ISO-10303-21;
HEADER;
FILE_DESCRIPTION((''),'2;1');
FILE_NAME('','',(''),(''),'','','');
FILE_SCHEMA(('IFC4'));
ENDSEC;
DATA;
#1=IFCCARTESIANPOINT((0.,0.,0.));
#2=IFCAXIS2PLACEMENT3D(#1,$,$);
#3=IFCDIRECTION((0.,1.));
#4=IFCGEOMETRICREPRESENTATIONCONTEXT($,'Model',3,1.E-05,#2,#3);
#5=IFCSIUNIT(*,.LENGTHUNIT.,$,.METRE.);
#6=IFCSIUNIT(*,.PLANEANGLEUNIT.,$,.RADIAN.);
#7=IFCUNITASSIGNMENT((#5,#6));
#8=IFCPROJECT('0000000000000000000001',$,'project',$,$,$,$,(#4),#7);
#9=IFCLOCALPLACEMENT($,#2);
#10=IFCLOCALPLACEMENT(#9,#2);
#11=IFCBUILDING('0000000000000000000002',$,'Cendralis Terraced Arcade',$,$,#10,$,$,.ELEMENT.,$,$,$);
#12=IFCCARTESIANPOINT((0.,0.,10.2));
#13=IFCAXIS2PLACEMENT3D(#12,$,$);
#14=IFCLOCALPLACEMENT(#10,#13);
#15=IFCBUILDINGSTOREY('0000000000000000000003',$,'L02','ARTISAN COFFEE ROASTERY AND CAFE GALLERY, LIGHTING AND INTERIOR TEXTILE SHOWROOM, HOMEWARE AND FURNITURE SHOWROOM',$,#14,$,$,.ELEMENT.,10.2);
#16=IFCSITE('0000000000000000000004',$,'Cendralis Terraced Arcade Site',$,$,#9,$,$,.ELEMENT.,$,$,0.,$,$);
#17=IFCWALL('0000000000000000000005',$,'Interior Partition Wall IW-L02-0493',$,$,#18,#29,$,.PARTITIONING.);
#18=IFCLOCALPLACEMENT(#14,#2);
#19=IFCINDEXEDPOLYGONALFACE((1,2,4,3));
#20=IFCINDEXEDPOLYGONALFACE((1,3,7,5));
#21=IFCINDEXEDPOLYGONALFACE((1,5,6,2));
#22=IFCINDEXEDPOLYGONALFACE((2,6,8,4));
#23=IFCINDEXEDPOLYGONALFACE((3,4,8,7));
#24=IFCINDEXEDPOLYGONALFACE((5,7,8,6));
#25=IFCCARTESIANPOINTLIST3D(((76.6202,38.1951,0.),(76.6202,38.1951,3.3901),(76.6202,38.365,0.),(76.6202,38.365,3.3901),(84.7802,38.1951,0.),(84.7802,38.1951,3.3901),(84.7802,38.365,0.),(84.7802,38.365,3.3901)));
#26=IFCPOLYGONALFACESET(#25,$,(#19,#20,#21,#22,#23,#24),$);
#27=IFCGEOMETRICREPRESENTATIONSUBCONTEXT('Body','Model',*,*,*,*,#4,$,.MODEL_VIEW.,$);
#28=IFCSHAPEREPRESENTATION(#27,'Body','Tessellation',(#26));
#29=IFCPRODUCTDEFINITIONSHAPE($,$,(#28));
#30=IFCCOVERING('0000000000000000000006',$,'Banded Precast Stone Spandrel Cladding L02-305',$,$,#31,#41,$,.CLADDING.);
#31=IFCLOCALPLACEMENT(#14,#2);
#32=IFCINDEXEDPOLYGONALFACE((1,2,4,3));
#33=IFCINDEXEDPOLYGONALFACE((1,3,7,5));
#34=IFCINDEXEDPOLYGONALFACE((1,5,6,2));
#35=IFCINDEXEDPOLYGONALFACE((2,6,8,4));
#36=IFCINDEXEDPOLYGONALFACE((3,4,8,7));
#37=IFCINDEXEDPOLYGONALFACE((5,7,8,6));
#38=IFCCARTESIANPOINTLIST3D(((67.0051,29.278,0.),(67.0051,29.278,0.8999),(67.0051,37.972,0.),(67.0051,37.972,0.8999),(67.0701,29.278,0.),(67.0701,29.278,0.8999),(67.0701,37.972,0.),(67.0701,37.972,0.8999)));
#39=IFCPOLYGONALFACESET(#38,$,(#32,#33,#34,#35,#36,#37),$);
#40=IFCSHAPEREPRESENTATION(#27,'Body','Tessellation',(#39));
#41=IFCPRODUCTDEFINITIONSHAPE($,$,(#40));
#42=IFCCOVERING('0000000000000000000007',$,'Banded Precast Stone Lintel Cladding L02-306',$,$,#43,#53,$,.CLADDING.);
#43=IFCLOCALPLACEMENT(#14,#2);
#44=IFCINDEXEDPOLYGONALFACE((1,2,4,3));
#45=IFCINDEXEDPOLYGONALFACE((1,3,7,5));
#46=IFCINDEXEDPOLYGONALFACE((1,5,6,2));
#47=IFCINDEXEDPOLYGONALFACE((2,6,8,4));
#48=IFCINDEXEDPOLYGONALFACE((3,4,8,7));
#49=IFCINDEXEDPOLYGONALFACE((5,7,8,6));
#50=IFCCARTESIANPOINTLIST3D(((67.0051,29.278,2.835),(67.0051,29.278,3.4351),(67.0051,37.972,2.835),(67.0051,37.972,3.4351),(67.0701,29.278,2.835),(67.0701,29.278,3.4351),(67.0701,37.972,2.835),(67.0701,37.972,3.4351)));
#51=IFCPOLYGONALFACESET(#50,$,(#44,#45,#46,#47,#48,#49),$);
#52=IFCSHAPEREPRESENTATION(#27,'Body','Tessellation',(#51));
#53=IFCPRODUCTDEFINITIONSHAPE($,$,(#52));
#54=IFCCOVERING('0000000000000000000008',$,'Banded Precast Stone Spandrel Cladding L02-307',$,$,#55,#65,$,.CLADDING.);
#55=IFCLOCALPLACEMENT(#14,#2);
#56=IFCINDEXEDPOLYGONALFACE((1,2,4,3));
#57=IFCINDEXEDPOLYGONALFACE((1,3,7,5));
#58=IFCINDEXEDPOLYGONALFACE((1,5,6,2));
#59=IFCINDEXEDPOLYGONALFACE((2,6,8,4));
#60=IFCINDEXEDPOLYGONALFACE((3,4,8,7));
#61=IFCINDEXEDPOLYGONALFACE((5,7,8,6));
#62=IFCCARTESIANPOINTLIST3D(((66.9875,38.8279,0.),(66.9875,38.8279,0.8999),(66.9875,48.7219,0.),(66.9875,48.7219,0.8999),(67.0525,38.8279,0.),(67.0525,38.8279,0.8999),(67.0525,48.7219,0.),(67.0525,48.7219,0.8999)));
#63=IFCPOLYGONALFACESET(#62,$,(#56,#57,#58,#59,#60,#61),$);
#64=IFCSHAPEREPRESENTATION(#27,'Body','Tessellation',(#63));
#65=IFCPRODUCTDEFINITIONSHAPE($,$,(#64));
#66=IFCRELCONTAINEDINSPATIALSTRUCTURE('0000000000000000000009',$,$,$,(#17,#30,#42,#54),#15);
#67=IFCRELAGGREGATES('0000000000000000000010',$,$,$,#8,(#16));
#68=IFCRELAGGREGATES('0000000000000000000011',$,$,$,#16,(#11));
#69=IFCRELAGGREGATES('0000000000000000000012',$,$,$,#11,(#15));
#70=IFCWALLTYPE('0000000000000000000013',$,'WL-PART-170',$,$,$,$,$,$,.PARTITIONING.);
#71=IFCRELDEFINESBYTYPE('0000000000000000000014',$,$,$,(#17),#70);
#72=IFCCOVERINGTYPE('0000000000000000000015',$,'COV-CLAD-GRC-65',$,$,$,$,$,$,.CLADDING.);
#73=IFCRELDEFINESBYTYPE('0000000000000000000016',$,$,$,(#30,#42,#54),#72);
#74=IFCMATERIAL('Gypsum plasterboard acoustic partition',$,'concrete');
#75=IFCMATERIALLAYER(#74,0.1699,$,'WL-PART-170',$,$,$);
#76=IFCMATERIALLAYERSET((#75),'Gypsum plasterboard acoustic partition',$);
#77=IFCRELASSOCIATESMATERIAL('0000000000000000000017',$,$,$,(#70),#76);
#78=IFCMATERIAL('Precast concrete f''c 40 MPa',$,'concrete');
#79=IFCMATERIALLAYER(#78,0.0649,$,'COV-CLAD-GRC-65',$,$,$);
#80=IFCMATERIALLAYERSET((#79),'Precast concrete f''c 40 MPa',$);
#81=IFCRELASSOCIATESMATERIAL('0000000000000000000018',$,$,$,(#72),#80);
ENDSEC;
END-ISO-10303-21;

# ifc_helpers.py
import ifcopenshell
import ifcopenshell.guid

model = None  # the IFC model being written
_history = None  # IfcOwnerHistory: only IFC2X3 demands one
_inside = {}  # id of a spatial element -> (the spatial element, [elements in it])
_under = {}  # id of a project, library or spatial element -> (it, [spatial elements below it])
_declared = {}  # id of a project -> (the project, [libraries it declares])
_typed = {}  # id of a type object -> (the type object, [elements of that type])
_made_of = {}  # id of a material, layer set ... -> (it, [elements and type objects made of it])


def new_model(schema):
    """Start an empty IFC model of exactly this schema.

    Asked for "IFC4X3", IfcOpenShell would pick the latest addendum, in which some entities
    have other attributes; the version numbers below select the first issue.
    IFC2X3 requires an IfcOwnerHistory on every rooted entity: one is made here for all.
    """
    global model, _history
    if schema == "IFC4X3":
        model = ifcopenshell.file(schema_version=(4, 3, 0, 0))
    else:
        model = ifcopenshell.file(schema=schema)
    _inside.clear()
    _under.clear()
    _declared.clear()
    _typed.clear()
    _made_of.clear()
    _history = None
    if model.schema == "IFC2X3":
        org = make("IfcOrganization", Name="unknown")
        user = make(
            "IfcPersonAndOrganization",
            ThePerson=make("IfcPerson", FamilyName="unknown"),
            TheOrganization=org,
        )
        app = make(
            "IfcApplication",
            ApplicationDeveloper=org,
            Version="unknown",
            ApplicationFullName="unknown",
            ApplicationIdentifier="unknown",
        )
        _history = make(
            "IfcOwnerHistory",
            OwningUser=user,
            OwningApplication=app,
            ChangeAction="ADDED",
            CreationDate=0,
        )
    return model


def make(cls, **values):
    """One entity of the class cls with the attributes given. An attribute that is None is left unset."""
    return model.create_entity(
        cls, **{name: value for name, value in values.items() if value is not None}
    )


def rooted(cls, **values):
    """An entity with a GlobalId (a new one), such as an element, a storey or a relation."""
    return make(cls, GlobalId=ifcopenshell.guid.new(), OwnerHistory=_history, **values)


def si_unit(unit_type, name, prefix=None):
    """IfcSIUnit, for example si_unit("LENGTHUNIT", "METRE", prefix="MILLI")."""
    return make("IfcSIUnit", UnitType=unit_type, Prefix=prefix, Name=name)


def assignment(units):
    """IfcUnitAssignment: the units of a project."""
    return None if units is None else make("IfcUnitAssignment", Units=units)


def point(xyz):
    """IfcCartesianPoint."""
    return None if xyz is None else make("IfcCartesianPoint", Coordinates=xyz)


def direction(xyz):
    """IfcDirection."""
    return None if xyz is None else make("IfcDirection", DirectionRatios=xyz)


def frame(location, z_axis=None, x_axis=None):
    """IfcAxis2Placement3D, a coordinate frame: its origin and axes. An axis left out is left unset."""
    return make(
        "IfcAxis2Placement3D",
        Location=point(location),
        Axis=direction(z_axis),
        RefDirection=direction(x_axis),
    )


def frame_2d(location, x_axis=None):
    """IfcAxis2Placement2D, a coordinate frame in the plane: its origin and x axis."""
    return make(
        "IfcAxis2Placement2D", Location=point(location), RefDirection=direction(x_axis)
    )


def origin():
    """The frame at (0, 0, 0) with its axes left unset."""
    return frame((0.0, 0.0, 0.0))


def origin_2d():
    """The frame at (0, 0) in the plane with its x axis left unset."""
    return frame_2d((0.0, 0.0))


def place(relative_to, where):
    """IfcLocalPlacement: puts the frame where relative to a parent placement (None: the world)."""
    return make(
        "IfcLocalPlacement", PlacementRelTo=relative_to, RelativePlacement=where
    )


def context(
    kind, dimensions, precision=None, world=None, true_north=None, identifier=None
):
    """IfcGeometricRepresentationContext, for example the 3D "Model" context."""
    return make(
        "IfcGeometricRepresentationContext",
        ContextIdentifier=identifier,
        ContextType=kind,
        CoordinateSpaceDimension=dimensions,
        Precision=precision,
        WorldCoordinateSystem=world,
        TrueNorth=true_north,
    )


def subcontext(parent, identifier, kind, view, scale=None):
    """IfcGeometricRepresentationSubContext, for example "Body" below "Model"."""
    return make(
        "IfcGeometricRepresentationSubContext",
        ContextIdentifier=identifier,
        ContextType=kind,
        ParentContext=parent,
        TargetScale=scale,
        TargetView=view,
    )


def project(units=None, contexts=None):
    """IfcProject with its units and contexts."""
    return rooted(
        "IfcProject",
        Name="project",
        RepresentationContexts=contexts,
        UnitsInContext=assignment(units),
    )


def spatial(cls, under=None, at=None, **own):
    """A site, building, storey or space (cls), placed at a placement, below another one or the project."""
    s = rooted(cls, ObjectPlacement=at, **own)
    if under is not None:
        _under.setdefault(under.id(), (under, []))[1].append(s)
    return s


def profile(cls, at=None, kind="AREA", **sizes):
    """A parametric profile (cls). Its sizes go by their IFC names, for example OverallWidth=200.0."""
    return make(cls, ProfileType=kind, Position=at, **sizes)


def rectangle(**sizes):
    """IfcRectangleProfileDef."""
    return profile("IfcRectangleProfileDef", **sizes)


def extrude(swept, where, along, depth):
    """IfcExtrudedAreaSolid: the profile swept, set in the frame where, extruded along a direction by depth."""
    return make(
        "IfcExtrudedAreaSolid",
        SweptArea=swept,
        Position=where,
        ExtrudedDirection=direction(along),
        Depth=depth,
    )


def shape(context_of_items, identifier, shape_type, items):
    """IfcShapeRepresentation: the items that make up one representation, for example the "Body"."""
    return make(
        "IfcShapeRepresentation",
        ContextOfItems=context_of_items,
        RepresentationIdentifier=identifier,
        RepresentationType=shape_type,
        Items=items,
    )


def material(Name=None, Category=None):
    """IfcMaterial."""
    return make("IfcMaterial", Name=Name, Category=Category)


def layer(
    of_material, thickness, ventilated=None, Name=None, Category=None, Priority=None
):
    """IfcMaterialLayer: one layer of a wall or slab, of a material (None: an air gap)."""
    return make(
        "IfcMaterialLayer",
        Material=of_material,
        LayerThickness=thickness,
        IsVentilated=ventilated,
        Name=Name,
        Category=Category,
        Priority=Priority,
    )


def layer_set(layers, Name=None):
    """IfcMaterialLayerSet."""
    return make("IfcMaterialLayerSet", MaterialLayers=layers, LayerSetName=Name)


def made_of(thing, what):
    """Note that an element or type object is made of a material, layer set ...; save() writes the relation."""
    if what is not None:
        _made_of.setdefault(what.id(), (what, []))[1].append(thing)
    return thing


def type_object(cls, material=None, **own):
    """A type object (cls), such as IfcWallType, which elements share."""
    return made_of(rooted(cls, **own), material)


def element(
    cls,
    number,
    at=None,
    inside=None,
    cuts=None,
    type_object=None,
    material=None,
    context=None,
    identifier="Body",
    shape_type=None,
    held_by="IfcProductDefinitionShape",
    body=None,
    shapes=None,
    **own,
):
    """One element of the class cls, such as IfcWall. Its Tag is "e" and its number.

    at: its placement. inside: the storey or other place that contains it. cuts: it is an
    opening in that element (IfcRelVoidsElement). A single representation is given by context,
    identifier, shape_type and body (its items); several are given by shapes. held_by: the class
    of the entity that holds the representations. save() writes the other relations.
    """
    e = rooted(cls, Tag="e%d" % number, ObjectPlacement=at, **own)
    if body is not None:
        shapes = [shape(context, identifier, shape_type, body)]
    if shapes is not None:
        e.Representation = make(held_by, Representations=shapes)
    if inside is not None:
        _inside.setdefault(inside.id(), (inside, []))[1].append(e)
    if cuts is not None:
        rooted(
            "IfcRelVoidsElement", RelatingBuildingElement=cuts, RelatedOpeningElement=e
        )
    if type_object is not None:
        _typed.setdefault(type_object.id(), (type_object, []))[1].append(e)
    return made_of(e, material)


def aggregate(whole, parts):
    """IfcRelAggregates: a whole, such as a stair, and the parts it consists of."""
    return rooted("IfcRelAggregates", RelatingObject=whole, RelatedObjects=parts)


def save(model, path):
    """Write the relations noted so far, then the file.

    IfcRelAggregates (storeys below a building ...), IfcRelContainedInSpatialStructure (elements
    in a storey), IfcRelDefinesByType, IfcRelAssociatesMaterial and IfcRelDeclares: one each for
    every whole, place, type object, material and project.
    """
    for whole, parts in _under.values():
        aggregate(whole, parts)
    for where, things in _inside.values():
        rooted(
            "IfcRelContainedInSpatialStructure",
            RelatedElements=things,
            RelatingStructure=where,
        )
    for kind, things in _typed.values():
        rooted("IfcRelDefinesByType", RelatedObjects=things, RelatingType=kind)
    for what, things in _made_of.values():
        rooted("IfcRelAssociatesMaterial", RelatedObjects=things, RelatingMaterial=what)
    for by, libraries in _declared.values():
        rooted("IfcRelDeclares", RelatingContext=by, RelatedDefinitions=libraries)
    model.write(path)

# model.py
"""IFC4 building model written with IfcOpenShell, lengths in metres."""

from ifc_helpers import new_model, si_unit, direction, frame, frame_2d, origin, origin_2d, place, context, subcontext, project, spatial, rectangle, extrude, material, layer, layer_set, type_object, element, save


model = new_model("IFC4")

# Units and contexts
model_context = context("Model", 3, precision=1e-05, world=origin(), true_north=direction((0.0, 1.0)))
body_context = subcontext(model_context, "Body", "Model", "MODEL_VIEW")
ifc_project = project(units=[si_unit("LENGTHUNIT", "METRE"), si_unit("PLANEANGLEUNIT", "RADIAN")], contexts=[model_context])

# Site, building, storey
site_placement = place(None, origin())
site = spatial("IfcSite", under=ifc_project, at=site_placement, Name="Cendralis Terraced Arcade Site", CompositionType="ELEMENT", RefElevation=0.0)
building_placement = place(site_placement, origin())
building = spatial("IfcBuilding", under=site, at=building_placement, Name="Cendralis Terraced Arcade", CompositionType="ELEMENT")
storey_placement = place(building_placement, frame((0.0, 0.0, 10.2)))
storey = spatial("IfcBuildingStorey", under=building, at=storey_placement, Name="L02", Description="ARTISAN COFFEE ROASTERY AND CAFE GALLERY, LIGHTING AND INTERIOR TEXTILE SHOWROOM, HOMEWARE AND FURNITURE SHOWROOM", CompositionType="ELEMENT", Elevation=10.2)

# Shared definitions
ifc_material_1 = material(Name="Precast concrete f'c 40 MPa", Category="concrete")
ifc_material_2 = material(Name="Gypsum plasterboard acoustic partition", Category="concrete")

# Wall
ifc_layer_1 = layer(ifc_material_2, 0.1699, Name="WL-PART-170")
ifc_layer_set_1 = layer_set([ifc_layer_1], Name="Gypsum plasterboard acoustic partition")
wall_type_1 = type_object("IfcWallType", Name="WL-PART-170", PredefinedType="PARTITIONING", material=ifc_layer_set_1)
wall_1_placement = place(storey_placement, frame((76.6201, 38.28, 0.0), z_axis=(0.0, 0.0, 1.0), x_axis=(1.0, 0.0, 0.0)))
element("IfcWall", 1, at=wall_1_placement, inside=storey, type_object=wall_type_1, Name="Interior Partition Wall IW-L02-0493", PredefinedType="PARTITIONING", context=body_context, shape_type="SweptSolid", body=[
    extrude(rectangle(XDim=8.1599, YDim=0.1699, at=frame_2d((4.0801, 0.0))), origin(), (0.0, 0.0, 1.0), 3.3901),
])

# Coverings
ifc_layer_2 = layer(ifc_material_1, 0.0649, Name="COV-CLAD-GRC-65")
ifc_layer_set_2 = layer_set([ifc_layer_2], Name="Precast concrete f'c 40 MPa")
covering_type = type_object("IfcCoveringType", Name="COV-CLAD-GRC-65", PredefinedType="CLADDING", material=ifc_layer_set_2)
covering_1_placement = place(storey_placement, frame((67.0376, 33.625, 0.0), z_axis=(0.0, 0.0, 1.0), x_axis=(0.0, 1.0, 0.0)))
element("IfcCovering", 2, at=covering_1_placement, inside=storey, type_object=covering_type, Name="Banded Precast Stone Spandrel Cladding L02-305", PredefinedType="CLADDING", context=body_context, shape_type="SweptSolid", body=[
    extrude(rectangle(XDim=8.6941, YDim=0.0649, at=origin_2d()), origin(), (0.0, 0.0, 1.0), 0.8999),
])
covering_2_placement = place(storey_placement, frame((67.0376, 33.625, 2.835), z_axis=(0.0, 0.0, 1.0), x_axis=(0.0, 1.0, 0.0)))
element("IfcCovering", 3, at=covering_2_placement, inside=storey, type_object=covering_type, Name="Banded Precast Stone Lintel Cladding L02-306", PredefinedType="CLADDING", context=body_context, shape_type="SweptSolid", body=[
    extrude(rectangle(XDim=8.6941, YDim=0.0649, at=origin_2d()), origin(), (0.0, 0.0, 1.0), 0.6001),
])
covering_3_placement = place(storey_placement, frame((67.02, 43.7749, 0.0), z_axis=(0.0, 0.0, 1.0), x_axis=(0.0, 1.0, 0.0)))
element("IfcCovering", 4, at=covering_3_placement, inside=storey, type_object=covering_type, Name="Banded Precast Stone Spandrel Cladding L02-307", PredefinedType="CLADDING", context=body_context, shape_type="SweptSolid", body=[
    extrude(rectangle(XDim=9.894, YDim=0.0649, at=origin_2d()), origin(), (0.0, 0.0, 1.0), 0.8999),
])

save(model, "model.ifc")
